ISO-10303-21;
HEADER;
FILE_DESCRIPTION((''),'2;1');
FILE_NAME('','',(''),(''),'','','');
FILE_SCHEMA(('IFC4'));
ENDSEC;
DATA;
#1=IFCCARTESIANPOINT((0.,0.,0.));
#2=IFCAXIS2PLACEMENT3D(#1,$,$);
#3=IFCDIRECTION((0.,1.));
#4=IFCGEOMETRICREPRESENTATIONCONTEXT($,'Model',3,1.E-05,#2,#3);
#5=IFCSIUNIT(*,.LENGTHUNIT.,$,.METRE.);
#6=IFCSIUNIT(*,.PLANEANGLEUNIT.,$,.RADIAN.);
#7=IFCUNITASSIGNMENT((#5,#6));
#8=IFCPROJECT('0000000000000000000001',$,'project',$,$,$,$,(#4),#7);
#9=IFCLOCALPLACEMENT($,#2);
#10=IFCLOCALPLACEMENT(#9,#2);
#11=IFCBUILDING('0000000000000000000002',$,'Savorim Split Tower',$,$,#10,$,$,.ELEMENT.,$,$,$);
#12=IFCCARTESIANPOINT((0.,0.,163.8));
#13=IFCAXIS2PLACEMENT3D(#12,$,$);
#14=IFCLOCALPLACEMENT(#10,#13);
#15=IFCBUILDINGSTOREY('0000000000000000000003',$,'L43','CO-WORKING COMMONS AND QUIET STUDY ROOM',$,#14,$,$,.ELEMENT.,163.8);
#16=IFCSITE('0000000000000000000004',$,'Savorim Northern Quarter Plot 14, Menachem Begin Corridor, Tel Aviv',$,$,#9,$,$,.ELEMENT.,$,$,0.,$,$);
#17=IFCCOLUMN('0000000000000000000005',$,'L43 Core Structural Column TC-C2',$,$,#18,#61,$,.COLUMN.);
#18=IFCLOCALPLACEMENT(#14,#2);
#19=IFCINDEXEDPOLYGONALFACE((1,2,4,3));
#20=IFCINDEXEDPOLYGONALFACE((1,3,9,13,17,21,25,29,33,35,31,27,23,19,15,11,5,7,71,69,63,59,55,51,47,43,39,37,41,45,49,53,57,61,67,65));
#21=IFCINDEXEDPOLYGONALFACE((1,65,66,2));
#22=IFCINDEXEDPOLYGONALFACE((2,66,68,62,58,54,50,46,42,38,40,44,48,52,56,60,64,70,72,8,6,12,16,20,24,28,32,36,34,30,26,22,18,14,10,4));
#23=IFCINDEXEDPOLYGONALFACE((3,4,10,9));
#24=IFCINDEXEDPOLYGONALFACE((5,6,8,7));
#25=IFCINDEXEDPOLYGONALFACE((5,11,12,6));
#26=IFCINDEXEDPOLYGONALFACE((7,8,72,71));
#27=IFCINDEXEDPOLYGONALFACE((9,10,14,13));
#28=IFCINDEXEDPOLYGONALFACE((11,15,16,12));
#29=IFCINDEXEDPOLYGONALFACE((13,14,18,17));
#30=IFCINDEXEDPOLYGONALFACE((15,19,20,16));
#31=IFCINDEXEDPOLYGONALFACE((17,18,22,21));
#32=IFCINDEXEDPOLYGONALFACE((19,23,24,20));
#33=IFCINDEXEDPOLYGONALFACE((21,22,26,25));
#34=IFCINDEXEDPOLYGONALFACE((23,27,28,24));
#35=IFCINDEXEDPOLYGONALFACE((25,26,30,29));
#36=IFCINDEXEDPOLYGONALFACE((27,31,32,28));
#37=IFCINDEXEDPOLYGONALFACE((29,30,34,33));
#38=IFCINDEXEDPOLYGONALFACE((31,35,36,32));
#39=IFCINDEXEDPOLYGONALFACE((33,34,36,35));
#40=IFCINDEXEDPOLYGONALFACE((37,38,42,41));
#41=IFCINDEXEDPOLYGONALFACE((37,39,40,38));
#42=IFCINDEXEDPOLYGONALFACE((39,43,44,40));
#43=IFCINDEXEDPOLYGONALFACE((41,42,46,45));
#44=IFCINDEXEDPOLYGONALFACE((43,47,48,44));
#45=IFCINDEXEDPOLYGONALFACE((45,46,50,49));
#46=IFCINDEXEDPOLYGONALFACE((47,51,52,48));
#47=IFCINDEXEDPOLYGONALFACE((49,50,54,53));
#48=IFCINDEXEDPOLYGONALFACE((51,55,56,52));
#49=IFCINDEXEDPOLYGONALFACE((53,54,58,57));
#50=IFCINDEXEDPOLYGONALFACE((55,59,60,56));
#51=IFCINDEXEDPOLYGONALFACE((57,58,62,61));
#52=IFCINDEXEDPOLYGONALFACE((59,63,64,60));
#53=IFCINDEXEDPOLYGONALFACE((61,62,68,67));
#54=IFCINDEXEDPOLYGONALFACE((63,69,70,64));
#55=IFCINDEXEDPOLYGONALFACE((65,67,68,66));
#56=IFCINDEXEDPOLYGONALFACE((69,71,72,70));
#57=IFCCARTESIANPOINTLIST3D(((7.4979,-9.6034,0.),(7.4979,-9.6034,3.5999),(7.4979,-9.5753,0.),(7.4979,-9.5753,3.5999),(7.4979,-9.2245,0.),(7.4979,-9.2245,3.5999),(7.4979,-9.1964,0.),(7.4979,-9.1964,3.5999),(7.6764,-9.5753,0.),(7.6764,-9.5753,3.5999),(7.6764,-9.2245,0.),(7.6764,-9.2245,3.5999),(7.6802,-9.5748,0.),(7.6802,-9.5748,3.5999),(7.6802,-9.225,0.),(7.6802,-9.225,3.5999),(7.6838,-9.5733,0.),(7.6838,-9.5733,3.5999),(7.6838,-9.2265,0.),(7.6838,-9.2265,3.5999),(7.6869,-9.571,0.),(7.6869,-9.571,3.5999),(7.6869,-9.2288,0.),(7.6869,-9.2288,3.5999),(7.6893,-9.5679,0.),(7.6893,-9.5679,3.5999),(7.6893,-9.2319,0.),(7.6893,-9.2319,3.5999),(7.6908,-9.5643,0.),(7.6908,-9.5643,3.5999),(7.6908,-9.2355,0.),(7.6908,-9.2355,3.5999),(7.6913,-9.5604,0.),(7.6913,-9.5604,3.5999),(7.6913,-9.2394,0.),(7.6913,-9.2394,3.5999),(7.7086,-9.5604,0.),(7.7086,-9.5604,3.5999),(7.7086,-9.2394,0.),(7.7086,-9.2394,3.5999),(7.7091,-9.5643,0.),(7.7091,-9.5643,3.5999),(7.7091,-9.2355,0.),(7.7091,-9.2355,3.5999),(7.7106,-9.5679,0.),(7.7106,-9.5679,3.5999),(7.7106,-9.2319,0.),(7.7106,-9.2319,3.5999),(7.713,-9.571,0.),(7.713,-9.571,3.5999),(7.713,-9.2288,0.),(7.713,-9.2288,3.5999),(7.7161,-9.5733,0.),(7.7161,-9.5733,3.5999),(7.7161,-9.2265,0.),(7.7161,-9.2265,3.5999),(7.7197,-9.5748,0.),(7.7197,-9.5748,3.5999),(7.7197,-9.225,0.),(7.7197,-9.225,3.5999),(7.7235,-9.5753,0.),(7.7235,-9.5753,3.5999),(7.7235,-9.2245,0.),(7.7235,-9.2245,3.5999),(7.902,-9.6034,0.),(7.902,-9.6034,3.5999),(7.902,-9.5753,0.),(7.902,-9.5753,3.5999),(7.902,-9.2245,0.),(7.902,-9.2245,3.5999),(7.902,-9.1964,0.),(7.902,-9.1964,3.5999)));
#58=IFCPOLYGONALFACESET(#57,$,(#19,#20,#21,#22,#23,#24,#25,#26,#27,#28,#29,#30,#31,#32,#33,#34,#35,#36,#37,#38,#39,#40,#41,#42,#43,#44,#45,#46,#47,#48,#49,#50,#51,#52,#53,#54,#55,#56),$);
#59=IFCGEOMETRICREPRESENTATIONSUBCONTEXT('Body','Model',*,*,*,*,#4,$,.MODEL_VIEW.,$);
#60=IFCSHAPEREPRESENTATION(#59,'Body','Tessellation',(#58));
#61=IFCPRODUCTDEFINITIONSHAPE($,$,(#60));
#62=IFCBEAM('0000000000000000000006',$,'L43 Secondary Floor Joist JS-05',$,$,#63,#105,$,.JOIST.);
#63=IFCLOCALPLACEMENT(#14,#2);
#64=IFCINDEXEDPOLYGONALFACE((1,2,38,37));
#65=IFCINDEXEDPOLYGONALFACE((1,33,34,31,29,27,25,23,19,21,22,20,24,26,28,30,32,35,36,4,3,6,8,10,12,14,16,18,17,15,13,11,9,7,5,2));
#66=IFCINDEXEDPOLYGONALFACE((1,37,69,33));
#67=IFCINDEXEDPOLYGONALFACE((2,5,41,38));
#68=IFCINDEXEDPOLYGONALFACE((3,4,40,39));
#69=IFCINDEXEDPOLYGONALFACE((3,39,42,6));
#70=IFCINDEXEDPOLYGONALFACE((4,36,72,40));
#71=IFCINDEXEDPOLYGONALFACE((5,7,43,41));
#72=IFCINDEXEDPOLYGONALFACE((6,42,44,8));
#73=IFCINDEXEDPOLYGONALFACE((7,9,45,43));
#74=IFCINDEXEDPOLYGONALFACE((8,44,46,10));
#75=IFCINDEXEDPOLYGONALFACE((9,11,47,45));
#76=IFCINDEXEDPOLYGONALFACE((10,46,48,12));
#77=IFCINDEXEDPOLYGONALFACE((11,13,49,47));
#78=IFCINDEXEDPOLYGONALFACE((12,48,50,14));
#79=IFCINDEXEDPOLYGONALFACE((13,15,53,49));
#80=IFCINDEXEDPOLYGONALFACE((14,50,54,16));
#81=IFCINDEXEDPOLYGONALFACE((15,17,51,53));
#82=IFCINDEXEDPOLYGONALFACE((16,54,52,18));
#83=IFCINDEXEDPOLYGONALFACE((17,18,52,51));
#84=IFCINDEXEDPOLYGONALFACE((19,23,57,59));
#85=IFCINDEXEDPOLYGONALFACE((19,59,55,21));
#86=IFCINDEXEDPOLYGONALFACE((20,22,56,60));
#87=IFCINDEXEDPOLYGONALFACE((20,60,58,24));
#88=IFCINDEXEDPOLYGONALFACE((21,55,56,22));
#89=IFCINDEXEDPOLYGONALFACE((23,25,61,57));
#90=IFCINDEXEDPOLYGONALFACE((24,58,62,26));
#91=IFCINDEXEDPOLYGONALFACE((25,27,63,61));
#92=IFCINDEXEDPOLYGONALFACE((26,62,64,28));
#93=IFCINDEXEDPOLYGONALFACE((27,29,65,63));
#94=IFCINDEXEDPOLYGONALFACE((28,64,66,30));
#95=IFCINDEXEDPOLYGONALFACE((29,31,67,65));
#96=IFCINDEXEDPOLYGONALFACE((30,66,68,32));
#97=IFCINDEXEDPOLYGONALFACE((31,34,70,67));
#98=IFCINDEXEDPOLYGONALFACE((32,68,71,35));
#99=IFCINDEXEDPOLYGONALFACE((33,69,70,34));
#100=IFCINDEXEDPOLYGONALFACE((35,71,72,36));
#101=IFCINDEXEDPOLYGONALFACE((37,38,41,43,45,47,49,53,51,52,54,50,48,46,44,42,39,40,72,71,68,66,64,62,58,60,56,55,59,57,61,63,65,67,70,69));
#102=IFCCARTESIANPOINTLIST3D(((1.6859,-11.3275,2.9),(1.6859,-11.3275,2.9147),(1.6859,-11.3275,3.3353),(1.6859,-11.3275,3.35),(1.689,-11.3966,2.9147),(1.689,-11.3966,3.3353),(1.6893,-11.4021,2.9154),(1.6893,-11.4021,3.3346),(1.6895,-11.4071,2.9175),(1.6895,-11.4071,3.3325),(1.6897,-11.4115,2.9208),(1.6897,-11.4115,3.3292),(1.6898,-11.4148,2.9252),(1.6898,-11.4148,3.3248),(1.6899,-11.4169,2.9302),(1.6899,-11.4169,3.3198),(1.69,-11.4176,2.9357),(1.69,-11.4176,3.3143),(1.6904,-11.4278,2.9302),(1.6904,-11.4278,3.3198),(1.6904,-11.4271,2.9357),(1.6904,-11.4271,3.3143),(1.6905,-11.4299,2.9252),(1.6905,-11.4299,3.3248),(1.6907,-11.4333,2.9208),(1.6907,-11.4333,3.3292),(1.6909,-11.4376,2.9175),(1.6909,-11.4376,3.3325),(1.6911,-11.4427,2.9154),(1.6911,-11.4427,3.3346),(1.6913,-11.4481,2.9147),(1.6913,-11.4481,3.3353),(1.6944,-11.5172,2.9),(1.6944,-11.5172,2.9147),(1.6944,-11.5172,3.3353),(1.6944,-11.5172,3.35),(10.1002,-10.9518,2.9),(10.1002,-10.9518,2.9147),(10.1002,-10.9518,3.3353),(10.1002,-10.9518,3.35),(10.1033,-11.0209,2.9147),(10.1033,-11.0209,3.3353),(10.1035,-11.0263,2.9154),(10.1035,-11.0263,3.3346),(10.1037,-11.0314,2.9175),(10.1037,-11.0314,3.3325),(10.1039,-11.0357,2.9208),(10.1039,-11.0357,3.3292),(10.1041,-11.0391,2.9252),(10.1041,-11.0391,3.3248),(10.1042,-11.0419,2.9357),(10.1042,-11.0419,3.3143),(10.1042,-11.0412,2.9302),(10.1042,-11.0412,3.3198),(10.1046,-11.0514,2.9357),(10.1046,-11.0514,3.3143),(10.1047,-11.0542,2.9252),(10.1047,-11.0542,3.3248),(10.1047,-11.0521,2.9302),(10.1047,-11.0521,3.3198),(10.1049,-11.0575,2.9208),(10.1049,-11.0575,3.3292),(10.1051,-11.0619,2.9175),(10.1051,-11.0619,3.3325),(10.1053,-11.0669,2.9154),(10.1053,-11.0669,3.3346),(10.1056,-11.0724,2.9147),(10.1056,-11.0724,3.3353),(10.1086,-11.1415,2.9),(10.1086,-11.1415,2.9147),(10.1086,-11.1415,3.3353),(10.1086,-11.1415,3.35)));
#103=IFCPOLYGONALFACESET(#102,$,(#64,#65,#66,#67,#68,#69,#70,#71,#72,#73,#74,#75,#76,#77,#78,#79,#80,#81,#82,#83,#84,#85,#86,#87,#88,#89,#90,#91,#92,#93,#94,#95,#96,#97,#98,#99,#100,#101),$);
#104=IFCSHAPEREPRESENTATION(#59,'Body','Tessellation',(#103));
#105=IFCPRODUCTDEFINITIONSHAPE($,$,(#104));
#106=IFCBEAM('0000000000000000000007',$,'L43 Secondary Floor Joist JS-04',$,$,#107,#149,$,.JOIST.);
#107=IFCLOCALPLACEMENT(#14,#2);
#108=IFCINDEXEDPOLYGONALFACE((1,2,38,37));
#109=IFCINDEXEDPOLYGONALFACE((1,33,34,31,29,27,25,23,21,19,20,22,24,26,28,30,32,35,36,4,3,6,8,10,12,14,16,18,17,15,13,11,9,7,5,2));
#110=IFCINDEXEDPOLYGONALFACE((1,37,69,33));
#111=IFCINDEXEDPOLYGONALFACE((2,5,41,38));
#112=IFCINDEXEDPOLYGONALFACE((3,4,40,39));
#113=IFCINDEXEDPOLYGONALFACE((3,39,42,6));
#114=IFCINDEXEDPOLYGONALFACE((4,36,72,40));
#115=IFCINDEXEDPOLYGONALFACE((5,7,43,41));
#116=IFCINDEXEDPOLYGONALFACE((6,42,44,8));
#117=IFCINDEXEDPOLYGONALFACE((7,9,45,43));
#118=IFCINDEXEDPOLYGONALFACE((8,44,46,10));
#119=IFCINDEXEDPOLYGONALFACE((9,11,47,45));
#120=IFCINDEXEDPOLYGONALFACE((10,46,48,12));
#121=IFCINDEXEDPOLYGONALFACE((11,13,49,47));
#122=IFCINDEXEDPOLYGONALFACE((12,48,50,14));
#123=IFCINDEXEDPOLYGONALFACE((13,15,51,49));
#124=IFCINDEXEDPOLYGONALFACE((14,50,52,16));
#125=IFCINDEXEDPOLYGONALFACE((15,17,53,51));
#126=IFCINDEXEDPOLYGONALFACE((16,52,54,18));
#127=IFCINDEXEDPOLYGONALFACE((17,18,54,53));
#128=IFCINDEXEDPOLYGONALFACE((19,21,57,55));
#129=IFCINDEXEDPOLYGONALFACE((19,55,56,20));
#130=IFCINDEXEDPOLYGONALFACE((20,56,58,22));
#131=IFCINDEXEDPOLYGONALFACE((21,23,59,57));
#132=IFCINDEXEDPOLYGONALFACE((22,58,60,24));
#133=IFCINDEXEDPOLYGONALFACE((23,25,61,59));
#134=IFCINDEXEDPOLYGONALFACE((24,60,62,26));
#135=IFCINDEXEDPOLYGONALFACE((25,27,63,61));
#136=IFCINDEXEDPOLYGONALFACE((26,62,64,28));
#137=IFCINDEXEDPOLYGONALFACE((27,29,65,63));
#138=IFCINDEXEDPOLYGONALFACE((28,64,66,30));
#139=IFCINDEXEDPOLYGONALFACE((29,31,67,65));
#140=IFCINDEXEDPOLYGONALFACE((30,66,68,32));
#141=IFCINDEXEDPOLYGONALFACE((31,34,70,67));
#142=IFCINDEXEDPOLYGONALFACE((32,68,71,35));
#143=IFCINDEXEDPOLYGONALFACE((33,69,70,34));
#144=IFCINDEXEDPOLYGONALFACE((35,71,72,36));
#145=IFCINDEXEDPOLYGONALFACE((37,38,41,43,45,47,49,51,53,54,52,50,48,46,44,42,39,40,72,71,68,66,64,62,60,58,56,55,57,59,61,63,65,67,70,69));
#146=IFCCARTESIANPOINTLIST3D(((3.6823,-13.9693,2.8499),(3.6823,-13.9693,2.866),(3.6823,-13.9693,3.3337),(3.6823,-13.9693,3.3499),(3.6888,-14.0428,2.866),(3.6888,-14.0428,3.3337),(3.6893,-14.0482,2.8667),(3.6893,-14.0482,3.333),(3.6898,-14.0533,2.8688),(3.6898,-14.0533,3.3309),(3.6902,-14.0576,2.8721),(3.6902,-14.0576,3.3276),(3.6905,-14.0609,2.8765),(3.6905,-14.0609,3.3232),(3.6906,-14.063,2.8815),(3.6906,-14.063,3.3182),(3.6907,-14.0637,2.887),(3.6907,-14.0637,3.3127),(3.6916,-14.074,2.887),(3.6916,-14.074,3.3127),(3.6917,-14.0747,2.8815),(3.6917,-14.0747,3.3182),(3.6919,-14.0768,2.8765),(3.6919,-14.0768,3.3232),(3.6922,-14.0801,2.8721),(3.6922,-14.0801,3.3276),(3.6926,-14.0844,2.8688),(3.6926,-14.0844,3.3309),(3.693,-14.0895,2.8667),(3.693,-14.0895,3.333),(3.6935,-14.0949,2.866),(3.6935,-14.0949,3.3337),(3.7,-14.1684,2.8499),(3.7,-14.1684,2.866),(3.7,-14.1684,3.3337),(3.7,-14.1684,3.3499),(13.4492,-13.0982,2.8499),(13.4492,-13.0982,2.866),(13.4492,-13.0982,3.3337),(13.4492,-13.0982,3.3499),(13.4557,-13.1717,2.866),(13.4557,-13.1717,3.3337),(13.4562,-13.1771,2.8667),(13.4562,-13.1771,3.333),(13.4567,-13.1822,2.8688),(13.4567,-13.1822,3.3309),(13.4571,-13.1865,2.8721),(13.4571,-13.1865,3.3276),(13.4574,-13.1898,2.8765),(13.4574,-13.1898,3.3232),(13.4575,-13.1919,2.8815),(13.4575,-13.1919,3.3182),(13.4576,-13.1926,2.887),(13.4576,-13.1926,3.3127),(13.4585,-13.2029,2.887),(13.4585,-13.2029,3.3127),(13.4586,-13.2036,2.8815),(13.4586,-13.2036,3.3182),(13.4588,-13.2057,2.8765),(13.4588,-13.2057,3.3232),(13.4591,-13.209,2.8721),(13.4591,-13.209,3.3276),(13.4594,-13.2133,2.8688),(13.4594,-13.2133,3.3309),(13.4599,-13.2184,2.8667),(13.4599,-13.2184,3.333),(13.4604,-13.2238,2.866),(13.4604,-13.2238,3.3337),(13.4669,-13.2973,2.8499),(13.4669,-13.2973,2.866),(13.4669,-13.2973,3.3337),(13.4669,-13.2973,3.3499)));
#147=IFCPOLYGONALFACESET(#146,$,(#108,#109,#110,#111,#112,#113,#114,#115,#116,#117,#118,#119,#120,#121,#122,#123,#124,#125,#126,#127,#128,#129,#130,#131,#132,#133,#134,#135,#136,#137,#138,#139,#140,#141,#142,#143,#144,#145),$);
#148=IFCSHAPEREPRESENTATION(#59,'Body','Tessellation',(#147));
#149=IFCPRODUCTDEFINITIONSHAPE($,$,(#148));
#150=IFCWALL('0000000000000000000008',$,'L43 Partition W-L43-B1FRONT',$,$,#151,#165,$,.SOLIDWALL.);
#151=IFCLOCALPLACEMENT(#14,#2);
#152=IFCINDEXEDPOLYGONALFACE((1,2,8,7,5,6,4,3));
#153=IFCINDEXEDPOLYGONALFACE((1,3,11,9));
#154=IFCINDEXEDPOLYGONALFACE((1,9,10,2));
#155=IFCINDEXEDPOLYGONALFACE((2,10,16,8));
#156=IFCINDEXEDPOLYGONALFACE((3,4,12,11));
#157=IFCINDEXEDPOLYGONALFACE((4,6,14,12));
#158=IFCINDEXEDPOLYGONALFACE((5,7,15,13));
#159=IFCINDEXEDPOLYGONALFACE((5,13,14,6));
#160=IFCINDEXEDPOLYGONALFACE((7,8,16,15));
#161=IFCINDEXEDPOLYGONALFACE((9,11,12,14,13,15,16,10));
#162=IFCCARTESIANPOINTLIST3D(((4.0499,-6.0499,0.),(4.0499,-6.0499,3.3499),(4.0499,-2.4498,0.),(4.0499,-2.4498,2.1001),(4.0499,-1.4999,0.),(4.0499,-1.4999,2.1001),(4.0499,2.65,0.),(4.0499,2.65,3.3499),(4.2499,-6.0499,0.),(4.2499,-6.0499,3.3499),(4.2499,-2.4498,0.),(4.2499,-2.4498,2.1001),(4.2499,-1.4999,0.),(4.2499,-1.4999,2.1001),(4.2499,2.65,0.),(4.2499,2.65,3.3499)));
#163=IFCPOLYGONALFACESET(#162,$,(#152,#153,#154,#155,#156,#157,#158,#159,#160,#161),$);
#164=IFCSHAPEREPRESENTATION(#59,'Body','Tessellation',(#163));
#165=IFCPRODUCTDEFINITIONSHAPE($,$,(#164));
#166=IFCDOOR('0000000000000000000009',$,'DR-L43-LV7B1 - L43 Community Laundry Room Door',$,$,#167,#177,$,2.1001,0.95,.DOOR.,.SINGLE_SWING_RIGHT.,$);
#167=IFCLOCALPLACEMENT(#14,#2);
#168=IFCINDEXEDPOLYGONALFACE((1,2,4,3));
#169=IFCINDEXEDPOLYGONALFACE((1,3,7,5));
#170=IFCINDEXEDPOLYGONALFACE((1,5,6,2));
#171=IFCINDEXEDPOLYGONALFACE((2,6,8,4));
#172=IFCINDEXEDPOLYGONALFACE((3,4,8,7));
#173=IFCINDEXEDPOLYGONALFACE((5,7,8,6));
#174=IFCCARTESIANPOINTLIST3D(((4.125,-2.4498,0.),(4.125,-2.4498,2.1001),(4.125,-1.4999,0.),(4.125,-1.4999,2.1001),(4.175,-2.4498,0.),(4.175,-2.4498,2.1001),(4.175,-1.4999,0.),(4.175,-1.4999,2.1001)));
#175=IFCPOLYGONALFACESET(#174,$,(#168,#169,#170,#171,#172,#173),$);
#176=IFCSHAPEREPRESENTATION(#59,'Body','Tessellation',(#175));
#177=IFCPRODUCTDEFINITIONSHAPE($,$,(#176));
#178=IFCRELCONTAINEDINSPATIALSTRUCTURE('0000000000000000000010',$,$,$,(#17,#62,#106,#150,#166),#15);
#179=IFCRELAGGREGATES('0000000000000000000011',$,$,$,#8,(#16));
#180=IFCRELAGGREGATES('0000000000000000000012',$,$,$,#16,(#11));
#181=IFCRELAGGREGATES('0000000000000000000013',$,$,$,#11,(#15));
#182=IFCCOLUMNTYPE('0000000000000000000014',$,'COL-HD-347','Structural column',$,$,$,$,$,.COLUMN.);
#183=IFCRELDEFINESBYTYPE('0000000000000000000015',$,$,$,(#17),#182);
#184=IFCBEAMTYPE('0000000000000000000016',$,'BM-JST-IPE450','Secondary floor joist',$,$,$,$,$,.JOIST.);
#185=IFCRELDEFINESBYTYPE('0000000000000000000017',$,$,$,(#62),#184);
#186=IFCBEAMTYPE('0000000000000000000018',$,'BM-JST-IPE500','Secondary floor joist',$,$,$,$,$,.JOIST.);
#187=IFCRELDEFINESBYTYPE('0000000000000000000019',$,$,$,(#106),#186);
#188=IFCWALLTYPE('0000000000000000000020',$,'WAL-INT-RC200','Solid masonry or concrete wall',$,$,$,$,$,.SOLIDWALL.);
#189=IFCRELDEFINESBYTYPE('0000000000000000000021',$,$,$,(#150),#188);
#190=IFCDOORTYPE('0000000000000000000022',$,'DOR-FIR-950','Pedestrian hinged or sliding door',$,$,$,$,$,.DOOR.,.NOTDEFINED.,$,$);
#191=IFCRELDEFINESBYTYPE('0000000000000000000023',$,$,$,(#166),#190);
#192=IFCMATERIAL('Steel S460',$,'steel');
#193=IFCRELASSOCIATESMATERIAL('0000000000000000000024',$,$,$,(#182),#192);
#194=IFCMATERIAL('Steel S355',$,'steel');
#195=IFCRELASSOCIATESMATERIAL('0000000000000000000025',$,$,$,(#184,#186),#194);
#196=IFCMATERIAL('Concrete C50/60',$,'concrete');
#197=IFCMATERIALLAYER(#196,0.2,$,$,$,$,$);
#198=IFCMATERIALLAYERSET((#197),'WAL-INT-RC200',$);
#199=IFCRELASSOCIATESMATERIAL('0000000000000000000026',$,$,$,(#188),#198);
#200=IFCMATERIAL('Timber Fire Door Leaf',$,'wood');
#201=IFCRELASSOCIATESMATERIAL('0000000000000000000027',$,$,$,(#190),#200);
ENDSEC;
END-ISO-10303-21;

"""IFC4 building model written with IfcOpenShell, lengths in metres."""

from ifc_helpers import new_model, si_unit, direction, frame, frame_2d, origin, origin_2d, place, context, subcontext, project, spatial, rectangle, i_section, extrude, material, layer, layer_set, material_profile, profile_set, type_object, element, fill, save


model = new_model("IFC4")

# Units and contexts
model_context = context("Model", 3, precision=1e-05, world=origin(), true_north=direction((0.0, 1.0)))
body_context = subcontext(model_context, "Body", "Model", "MODEL_VIEW")
ifc_project = project(units=[si_unit("LENGTHUNIT", "METRE"), si_unit("PLANEANGLEUNIT", "RADIAN")], contexts=[model_context])

# Site, building, storey
site_placement = place(None, origin())
site = spatial("IfcSite", under=ifc_project, at=site_placement, Name="Savorim Northern Quarter Plot 14, Menachem Begin Corridor, Tel Aviv", CompositionType="ELEMENT", RefElevation=0.0)
building_placement = place(site_placement, origin())
building = spatial("IfcBuilding", under=site, at=building_placement, Name="Savorim Split Tower", CompositionType="ELEMENT")
storey_placement = place(building_placement, frame((0.0, 0.0, 163.8)))
storey = spatial("IfcBuildingStorey", under=building, at=storey_placement, Name="L43", Description="CO-WORKING COMMONS AND QUIET STUDY ROOM", CompositionType="ELEMENT", Elevation=163.8)

# Column
ifc_material_1 = material(Name="Steel S460", Category="steel")
ifc_material_profile_1 = material_profile(ifc_material_1, i_section(OverallWidth=0.4041, OverallDepth=0.407, WebThickness=0.0173, FlangeThickness=0.0281, FilletRadius=0.0149, at=origin_2d()), Name="HD 400x347")
ifc_profile_set_1 = profile_set([ifc_material_profile_1], Name="Steel S460")
column_type = type_object("IfcColumnType", Name="COL-HD-347", Description="Structural column", PredefinedType="COLUMN", material=ifc_profile_set_1)
column_placement = place(storey_placement, frame((7.7, -9.3999, 0.0), z_axis=(0.0, 0.0, 1.0), x_axis=(1.0, 0.0, 0.0)))
element("IfcColumn", 1, at=column_placement, inside=storey, type_object=column_type, Name="L43 Core Structural Column TC-C2", PredefinedType="COLUMN", context=body_context, shape_type="SweptSolid", body=[
    extrude(i_section(OverallWidth=0.4041, OverallDepth=0.407, WebThickness=0.0173, FlangeThickness=0.0281, FilletRadius=0.0149, at=origin_2d()), origin(), (0.0, 0.0, 1.0), 3.5999),
])

# Beams
ifc_material_2 = material(Name="Steel S355", Category="steel")
ifc_material_profile_2 = material_profile(ifc_material_2, i_section(OverallWidth=0.1899, OverallDepth=0.45, WebThickness=0.0095, FlangeThickness=0.0146, FilletRadius=0.021, at=origin_2d()), Name="IPE 450")
ifc_profile_set_2 = profile_set([ifc_material_profile_2], Name="Steel S355")
beam_type_1 = type_object("IfcBeamType", Name="BM-JST-IPE450", Description="Secondary floor joist", PredefinedType="JOIST", material=ifc_profile_set_2)
beam_1_placement = place(storey_placement, frame((1.6902, -11.4224, 3.125), z_axis=(0.999004, 0.04461, 0.0), x_axis=(-0.04461, 0.999004, 0.0)))
element("IfcBeam", 2, at=beam_1_placement, inside=storey, type_object=beam_type_1, Name="L43 Secondary Floor Joist JS-05", PredefinedType="JOIST", context=body_context, shape_type="SweptSolid", body=[
    extrude(i_section(OverallWidth=0.1899, OverallDepth=0.45, WebThickness=0.0095, FlangeThickness=0.0146, FilletRadius=0.021, at=origin_2d()), origin(), (0.0, 0.0, 1.0), 8.4226),
])
ifc_material_profile_3 = material_profile(ifc_material_2, i_section(OverallWidth=0.2, OverallDepth=0.5, WebThickness=0.0103, FlangeThickness=0.0161, FilletRadius=0.021, at=origin_2d()), Name="IPE 500")
ifc_profile_set_3 = profile_set([ifc_material_profile_3], Name="Steel S355")
beam_type_2 = type_object("IfcBeamType", Name="BM-JST-IPE500", Description="Secondary floor joist", PredefinedType="JOIST", material=ifc_profile_set_3)
beam_2_placement = place(storey_placement, frame((3.6912, -14.0688, 3.0999), z_axis=(0.996046, 0.088836, 0.0), x_axis=(-0.088836, 0.996046, 0.0)))
element("IfcBeam", 3, at=beam_2_placement, inside=storey, type_object=beam_type_2, Name="L43 Secondary Floor Joist JS-04", PredefinedType="JOIST", context=body_context, shape_type="SweptSolid", body=[
    extrude(i_section(OverallWidth=0.2, OverallDepth=0.5, WebThickness=0.0103, FlangeThickness=0.0161, FilletRadius=0.021, at=origin_2d()), origin(), (0.0, 0.0, 1.0), 9.8057),
])

# Wall, opening, door
ifc_material_3 = material(Name="Concrete C50/60", Category="concrete")
ifc_layer_1 = layer(ifc_material_3, 0.2)
ifc_layer_set_1 = layer_set([ifc_layer_1], Name="WAL-INT-RC200")
wall_type_1 = type_object("IfcWallType", Name="WAL-INT-RC200", Description="Solid masonry or concrete wall", PredefinedType="SOLIDWALL", material=ifc_layer_set_1)
wall_1_placement = place(storey_placement, frame((4.1499, -6.05, 0.0), z_axis=(0.0, 0.0, 1.0), x_axis=(0.0, 1.0, 0.0)))
wall_1 = element("IfcWall", 4, at=wall_1_placement, inside=storey, type_object=wall_type_1, Name="L43 Partition W-L43-B1FRONT", PredefinedType="SOLIDWALL", context=body_context, shape_type="SweptSolid", body=[
    extrude(rectangle(XDim=8.7, YDim=0.2, at=frame_2d((4.3501, 0.0))), origin(), (0.0, 0.0, 1.0), 3.3499),
])
opening_1_placement = place(wall_1_placement, frame((3.6001, 0.0, 0.0)))
opening_1 = element("IfcOpeningElement", 5, at=opening_1_placement, cuts=wall_1, PredefinedType="OPENING", context=body_context, shape_type="SweptSolid", body=[
    extrude(rectangle(XDim=0.95, YDim=2.1001, at=frame_2d((0.4751, 1.05))), frame((0.0, 0.1099, 0.0), z_axis=(0.0, -1.0, 0.0), x_axis=(1.0, 0.0, 0.0)), (0.0, 0.0, 1.0), 0.22),
])
ifc_material_4 = material(Name="Timber Fire Door Leaf", Category="wood")
door_type_1 = type_object("IfcDoorType", Name="DOR-FIR-950", Description="Pedestrian hinged or sliding door", OperationType="NOTDEFINED", PredefinedType="DOOR", material=ifc_material_4)
door_1_placement = place(opening_1_placement, origin())
door_1 = element("IfcDoor", 6, at=door_1_placement, inside=storey, type_object=door_type_1, Name="DR-L43-LV7B1 - L43 Community Laundry Room Door", OperationType="SINGLE_SWING_RIGHT", OverallHeight=2.1001, OverallWidth=0.95, PredefinedType="DOOR", context=body_context, shape_type="SweptSolid", body=[
    extrude(rectangle(XDim=0.95, YDim=2.1001, at=frame_2d((0.4751, 1.05))), frame((0.0, 0.0249, 0.0), z_axis=(0.0, -1.0, 0.0), x_axis=(1.0, 0.0, 0.0)), (0.0, 0.0, 1.0), 0.05),
])
fill(opening_1, door_1)

save(model, "model.ifc")
